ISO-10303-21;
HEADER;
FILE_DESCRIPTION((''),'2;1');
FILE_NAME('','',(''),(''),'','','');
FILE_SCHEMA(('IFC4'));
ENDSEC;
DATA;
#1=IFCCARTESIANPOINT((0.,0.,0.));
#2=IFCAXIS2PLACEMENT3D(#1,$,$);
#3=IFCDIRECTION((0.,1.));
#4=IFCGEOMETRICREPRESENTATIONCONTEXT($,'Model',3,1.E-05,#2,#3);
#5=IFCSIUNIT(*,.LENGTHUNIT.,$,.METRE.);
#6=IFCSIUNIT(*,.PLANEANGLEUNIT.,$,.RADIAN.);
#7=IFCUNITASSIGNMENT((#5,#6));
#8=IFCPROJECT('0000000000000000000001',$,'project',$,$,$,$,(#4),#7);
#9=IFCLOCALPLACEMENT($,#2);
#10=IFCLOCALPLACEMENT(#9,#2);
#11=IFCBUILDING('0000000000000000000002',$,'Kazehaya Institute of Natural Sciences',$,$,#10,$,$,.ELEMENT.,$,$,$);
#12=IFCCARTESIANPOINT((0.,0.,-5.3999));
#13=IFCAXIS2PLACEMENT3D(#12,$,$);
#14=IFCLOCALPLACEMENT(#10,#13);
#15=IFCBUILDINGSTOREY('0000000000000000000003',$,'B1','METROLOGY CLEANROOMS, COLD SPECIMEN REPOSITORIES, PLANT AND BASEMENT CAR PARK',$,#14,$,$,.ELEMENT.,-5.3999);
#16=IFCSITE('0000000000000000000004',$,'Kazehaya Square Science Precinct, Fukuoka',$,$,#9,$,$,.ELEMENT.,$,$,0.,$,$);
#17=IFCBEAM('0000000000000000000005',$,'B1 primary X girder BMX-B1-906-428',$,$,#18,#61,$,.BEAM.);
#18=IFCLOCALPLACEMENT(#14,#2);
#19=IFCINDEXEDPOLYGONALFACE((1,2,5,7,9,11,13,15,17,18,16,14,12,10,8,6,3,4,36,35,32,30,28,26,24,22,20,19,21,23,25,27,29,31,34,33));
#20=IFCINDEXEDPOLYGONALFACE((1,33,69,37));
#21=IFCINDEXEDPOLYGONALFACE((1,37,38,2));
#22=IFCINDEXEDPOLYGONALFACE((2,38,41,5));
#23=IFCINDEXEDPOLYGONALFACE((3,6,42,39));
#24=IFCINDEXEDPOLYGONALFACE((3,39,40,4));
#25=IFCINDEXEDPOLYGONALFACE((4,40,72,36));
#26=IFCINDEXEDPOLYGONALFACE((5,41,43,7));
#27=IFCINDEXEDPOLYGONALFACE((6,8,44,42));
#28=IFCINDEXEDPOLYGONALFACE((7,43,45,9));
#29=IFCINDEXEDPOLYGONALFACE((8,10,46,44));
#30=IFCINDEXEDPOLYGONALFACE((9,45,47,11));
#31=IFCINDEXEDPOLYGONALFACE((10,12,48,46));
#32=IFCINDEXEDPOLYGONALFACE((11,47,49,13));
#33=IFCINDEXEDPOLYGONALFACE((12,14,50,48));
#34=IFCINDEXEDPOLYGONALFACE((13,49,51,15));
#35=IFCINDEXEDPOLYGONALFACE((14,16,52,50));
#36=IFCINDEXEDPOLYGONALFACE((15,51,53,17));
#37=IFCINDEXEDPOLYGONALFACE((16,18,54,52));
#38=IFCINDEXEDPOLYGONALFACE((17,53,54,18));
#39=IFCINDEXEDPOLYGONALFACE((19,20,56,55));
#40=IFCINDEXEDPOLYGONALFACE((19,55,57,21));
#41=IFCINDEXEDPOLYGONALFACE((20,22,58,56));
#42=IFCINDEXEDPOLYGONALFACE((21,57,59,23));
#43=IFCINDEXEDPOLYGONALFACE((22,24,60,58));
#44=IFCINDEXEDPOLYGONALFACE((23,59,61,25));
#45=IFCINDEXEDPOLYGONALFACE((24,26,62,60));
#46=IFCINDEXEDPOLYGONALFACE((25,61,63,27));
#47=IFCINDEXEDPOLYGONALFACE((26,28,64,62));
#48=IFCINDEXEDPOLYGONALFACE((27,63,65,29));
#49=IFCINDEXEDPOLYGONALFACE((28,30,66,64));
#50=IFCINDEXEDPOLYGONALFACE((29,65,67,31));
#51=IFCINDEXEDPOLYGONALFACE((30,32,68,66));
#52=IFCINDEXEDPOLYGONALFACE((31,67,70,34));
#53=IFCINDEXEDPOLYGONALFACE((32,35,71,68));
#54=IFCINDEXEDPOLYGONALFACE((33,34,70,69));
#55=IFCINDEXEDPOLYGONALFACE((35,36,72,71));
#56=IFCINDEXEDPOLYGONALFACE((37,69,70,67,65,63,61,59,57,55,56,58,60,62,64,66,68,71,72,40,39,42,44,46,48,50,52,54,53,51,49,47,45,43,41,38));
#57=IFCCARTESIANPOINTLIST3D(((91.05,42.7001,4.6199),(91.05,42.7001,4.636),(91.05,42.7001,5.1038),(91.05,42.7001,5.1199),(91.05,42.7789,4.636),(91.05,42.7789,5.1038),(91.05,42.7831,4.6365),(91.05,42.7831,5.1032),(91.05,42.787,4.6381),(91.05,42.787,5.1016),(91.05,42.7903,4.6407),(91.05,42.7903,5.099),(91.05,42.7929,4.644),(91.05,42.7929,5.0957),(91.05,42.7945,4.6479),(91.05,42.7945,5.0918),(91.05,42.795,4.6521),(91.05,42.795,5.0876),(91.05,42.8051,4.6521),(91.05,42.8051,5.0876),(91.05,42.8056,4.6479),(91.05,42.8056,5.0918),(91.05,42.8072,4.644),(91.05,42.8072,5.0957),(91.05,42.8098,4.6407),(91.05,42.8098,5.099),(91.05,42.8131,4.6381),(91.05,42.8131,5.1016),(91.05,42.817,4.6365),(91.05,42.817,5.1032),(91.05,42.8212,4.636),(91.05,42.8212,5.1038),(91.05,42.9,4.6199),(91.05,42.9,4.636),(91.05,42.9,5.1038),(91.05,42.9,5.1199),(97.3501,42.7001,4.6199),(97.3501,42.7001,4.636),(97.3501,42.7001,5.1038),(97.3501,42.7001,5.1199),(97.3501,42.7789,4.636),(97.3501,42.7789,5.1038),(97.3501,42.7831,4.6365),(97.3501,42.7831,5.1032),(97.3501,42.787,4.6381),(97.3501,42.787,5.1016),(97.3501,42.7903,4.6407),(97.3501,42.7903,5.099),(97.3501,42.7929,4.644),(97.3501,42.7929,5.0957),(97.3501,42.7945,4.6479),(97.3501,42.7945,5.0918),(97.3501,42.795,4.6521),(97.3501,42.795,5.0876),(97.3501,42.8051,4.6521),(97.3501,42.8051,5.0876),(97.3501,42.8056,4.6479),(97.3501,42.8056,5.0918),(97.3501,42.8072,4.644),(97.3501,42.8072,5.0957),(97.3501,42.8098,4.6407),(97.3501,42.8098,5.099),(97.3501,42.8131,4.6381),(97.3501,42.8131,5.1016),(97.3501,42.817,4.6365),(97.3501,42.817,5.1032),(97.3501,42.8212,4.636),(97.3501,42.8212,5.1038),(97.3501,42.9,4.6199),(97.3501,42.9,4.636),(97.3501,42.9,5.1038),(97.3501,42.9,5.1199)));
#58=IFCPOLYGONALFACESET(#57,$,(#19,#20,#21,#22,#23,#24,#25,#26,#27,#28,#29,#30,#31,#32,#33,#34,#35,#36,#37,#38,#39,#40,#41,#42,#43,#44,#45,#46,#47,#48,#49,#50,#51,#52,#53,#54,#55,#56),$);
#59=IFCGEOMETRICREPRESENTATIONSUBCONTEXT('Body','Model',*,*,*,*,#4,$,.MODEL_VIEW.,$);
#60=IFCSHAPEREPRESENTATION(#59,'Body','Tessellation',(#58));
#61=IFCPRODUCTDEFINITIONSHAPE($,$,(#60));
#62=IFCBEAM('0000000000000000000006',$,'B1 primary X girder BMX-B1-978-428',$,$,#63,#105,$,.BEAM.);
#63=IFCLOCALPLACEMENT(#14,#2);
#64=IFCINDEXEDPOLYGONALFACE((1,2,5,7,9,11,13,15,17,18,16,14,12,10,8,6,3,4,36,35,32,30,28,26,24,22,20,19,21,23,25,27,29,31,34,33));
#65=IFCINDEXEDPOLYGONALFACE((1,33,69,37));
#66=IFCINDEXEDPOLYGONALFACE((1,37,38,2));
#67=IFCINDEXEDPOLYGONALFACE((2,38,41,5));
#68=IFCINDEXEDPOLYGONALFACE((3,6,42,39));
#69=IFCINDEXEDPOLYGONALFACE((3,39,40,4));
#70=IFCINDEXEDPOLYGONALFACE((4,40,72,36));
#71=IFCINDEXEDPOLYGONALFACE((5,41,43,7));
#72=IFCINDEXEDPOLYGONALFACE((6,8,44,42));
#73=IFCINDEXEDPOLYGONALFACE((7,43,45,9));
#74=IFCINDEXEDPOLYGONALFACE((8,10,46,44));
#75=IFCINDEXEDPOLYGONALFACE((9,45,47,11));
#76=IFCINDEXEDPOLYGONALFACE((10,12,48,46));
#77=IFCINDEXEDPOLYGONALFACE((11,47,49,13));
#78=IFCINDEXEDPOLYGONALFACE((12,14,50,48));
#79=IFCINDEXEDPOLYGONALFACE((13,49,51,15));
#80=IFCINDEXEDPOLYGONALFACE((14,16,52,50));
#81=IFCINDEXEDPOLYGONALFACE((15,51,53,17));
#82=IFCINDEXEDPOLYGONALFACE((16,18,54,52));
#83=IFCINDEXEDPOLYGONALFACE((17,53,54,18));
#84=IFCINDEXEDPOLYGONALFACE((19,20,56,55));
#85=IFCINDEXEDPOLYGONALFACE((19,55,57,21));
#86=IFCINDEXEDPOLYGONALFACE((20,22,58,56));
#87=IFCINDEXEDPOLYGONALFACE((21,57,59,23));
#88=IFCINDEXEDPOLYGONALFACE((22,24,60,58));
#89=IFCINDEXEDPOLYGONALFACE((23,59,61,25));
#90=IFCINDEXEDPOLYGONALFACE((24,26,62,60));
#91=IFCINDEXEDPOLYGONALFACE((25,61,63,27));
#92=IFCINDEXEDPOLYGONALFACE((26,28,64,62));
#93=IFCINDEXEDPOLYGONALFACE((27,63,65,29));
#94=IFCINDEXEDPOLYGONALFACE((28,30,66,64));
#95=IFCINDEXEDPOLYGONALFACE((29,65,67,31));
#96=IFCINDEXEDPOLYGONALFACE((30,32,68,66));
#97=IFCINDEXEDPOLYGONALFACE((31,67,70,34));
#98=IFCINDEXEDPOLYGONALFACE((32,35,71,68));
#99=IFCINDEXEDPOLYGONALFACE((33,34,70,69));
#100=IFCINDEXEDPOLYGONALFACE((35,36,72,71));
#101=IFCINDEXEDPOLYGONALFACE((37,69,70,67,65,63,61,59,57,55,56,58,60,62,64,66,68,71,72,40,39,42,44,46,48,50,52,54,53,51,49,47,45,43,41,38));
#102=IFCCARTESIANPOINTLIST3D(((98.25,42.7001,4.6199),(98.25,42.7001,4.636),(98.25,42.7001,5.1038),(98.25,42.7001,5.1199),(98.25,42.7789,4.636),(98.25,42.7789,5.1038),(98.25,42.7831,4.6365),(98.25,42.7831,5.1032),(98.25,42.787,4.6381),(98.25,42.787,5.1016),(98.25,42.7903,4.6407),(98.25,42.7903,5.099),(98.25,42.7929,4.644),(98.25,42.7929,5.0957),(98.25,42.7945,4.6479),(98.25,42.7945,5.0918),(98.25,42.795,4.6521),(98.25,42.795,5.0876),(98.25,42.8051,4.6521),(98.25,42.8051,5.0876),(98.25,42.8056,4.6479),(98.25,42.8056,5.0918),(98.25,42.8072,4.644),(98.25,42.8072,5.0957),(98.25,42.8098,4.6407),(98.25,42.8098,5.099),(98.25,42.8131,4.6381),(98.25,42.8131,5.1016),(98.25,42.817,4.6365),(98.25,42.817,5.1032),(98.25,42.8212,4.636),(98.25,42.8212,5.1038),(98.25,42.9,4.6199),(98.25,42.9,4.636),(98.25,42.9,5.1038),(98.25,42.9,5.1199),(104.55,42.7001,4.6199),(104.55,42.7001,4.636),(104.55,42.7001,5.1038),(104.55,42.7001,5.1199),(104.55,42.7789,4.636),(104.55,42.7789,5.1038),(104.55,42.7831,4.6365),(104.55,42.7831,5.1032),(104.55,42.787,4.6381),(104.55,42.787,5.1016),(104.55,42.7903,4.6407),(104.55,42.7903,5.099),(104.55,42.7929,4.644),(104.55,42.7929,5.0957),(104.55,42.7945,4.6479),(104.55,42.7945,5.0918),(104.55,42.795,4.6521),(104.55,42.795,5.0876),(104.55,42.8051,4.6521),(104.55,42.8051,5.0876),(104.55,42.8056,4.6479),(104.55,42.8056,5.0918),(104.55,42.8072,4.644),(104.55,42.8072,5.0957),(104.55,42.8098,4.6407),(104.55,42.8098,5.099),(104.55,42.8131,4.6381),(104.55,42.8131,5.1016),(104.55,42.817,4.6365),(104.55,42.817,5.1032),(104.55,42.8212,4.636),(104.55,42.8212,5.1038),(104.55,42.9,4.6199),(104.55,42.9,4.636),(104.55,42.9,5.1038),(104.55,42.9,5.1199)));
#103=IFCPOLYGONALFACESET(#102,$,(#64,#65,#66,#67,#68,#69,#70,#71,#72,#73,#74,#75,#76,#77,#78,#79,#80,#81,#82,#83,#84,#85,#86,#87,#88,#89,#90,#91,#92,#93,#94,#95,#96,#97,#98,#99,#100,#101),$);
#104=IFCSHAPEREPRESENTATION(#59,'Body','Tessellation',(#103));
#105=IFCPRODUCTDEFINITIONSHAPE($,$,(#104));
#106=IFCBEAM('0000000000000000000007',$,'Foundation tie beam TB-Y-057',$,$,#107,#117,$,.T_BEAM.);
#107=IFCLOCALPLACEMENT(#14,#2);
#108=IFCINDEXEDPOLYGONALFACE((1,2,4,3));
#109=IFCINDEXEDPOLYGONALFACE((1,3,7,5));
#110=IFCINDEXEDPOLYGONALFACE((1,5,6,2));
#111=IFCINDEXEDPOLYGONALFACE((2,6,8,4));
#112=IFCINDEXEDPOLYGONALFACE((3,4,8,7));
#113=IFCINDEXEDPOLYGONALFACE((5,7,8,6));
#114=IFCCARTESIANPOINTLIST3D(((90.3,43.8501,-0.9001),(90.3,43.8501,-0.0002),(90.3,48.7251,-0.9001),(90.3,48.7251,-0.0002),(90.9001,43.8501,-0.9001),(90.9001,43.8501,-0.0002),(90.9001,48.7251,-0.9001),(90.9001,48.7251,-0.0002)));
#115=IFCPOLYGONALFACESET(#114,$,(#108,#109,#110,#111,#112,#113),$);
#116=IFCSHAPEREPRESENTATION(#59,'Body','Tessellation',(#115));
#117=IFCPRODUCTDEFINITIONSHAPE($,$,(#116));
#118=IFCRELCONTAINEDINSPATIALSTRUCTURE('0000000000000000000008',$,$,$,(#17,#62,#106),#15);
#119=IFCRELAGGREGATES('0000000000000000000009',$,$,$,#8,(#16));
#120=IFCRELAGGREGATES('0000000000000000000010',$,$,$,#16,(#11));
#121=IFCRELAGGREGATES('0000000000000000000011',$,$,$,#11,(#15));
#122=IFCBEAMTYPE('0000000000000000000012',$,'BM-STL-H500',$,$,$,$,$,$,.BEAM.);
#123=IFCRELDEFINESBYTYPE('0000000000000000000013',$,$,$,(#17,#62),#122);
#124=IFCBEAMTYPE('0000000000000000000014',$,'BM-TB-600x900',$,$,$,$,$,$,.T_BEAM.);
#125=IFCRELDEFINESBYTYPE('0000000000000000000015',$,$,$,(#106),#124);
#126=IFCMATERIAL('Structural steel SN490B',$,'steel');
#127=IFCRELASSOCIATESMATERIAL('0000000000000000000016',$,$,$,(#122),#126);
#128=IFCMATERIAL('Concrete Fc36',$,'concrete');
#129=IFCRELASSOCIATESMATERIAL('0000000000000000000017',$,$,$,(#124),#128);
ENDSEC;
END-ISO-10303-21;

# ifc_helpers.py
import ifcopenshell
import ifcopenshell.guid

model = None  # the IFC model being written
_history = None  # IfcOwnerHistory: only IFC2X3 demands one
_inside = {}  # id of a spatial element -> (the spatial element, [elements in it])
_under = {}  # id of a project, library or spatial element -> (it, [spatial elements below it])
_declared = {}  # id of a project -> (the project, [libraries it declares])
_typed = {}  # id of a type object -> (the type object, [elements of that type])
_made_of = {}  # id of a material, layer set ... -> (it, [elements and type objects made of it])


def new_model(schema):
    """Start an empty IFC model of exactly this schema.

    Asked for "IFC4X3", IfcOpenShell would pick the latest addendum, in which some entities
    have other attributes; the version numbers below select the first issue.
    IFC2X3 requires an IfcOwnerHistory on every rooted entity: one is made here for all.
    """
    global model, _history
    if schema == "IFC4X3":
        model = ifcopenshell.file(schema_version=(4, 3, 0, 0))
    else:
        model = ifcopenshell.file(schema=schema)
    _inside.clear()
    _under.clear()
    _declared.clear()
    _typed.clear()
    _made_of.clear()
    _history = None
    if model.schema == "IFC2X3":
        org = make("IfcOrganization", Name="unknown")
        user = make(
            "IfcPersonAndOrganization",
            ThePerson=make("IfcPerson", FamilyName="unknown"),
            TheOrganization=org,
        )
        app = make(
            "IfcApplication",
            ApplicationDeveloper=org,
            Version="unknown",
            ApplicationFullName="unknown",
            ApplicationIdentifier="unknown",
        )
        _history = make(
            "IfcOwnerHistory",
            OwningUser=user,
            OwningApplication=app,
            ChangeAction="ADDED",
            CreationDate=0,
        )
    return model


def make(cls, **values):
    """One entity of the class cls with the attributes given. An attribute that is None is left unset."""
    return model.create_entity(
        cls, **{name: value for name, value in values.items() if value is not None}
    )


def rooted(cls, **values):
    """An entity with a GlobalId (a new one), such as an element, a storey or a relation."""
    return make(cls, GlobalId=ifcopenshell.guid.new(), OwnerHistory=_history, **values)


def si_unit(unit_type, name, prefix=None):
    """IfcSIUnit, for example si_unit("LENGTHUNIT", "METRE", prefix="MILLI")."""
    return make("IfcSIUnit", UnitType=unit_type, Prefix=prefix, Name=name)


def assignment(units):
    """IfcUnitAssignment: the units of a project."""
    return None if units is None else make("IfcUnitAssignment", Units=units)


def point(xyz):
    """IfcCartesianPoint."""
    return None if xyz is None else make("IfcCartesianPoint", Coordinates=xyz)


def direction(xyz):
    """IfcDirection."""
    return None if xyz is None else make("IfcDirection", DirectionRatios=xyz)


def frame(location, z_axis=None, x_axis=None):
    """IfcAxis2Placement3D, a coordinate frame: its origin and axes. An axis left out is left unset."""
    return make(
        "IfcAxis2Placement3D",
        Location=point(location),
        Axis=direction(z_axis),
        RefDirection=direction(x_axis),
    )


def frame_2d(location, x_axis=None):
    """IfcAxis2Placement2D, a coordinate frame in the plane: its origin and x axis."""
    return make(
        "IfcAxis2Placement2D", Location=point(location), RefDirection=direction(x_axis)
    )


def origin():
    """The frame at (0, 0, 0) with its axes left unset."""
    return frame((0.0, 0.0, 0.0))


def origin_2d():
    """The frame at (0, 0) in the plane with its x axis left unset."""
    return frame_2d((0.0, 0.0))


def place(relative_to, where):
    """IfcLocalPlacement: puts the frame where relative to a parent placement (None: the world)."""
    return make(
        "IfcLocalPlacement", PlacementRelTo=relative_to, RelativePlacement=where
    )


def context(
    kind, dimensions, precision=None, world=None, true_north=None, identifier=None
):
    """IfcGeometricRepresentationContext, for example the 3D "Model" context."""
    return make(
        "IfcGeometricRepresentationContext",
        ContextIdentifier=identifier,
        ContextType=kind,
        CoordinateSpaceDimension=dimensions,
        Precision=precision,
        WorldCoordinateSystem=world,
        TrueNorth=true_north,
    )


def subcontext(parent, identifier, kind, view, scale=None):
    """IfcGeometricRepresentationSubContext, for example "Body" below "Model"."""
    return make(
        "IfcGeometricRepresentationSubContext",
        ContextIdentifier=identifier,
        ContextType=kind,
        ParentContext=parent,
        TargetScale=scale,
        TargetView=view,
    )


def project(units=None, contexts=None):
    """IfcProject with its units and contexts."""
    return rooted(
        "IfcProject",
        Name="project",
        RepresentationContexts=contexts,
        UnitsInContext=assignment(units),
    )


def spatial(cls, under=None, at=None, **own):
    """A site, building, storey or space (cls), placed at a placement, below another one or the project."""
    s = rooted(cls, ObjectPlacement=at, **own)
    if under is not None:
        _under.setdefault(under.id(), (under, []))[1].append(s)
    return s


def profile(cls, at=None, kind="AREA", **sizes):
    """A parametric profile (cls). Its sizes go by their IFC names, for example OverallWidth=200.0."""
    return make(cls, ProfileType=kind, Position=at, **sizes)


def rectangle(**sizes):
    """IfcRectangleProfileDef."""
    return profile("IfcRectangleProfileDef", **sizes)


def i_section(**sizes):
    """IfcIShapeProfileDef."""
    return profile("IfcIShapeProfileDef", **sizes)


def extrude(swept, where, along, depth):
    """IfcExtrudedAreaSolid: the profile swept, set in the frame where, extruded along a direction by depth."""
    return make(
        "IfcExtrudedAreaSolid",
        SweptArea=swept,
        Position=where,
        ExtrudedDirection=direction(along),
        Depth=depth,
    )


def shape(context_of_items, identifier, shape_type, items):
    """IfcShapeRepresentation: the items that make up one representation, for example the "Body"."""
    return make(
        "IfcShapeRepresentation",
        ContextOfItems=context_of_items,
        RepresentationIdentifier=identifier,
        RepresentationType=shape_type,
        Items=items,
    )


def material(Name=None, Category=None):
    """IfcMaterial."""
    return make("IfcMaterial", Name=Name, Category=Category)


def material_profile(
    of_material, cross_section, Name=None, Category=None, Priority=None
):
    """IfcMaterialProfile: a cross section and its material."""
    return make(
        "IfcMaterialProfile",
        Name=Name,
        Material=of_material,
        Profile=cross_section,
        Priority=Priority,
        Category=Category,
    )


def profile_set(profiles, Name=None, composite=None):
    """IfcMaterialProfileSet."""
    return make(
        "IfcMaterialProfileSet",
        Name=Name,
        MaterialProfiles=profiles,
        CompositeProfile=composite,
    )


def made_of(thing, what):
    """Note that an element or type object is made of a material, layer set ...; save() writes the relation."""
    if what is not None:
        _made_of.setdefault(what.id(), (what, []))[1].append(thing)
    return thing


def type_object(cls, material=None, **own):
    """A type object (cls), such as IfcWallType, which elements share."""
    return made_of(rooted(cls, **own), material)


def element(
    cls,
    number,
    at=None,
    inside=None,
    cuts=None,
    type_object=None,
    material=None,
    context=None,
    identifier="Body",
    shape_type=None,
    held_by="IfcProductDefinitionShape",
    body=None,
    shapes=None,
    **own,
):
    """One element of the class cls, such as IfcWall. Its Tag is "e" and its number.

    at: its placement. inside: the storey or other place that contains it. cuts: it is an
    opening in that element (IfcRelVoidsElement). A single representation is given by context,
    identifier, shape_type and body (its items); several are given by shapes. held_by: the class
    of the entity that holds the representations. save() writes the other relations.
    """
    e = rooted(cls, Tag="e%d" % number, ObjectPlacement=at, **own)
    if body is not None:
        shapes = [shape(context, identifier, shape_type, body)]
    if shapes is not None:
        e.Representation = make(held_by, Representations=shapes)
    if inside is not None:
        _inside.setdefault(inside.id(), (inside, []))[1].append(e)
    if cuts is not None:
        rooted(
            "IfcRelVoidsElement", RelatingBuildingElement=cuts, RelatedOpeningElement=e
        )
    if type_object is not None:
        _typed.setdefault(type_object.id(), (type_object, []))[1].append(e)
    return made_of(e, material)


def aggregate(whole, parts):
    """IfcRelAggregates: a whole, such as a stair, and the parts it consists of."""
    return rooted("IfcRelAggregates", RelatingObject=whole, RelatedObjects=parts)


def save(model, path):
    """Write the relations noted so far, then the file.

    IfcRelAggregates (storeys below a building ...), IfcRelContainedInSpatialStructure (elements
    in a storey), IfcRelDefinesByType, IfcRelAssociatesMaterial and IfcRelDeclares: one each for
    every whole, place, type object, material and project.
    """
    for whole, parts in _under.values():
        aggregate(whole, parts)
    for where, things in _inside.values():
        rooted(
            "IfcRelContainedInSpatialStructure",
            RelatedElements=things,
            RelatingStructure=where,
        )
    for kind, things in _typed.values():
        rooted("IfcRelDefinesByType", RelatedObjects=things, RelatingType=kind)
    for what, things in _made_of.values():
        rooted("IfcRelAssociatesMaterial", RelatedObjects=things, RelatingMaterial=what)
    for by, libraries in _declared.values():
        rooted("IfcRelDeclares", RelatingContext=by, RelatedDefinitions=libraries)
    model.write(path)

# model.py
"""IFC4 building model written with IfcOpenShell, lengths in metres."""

from ifc_helpers import new_model, si_unit, direction, frame, origin, origin_2d, place, context, subcontext, project, spatial, rectangle, i_section, extrude, material, material_profile, profile_set, type_object, element, save


model = new_model("IFC4")

# Units and contexts
model_context = context("Model", 3, precision=1e-05, world=origin(), true_north=direction((0.0, 1.0)))
body_context = subcontext(model_context, "Body", "Model", "MODEL_VIEW")
ifc_project = project(units=[si_unit("LENGTHUNIT", "METRE"), si_unit("PLANEANGLEUNIT", "RADIAN")], contexts=[model_context])

# Site, building, storey
site_placement = place(None, origin())
site = spatial("IfcSite", under=ifc_project, at=site_placement, Name="Kazehaya Square Science Precinct, Fukuoka", CompositionType="ELEMENT", RefElevation=0.0)
building_placement = place(site_placement, origin())
building = spatial("IfcBuilding", under=site, at=building_placement, Name="Kazehaya Institute of Natural Sciences", CompositionType="ELEMENT")
storey_placement = place(building_placement, frame((0.0, 0.0, -5.3999)))
storey = spatial("IfcBuildingStorey", under=building, at=storey_placement, Name="B1", Description="METROLOGY CLEANROOMS, COLD SPECIMEN REPOSITORIES, PLANT AND BASEMENT CAR PARK", CompositionType="ELEMENT", Elevation=-5.3999)

# Shared definitions
ifc_material_1 = material(Name="Concrete Fc36", Category="concrete")

# Beams
ifc_material_2 = material(Name="Structural steel SN490B", Category="steel")
ifc_material_profile_1 = material_profile(ifc_material_2, i_section(OverallWidth=0.2, OverallDepth=0.5, WebThickness=0.01, FlangeThickness=0.0161, FilletRadius=0.0161, at=origin_2d()), Name="H-500x200x10x16")
ifc_profile_set_1 = profile_set([ifc_material_profile_1], Name="Structural steel SN490B")
beam_type_1 = type_object("IfcBeamType", Name="BM-STL-H500", PredefinedType="BEAM", material=ifc_profile_set_1)
for number, where, z_axis, x_axis, name in (
    (1, (91.05, 42.8, 4.8699), (1.0, 0.0, 0.0), (0.0, 1.0, 0.0), "B1 primary X girder BMX-B1-906-428"),
    (2, (98.25, 42.8, 4.8699), (1.0, 0.0, 0.0), (0.0, 1.0, 0.0), "B1 primary X girder BMX-B1-978-428"),
):
    element("IfcBeam", number, at=place(storey_placement, frame(where, z_axis=z_axis, x_axis=x_axis)), inside=storey, type_object=beam_type_1, Name=name, PredefinedType="BEAM", context=body_context, shape_type="SweptSolid", body=[
        extrude(i_section(OverallWidth=0.2, OverallDepth=0.5, WebThickness=0.01, FlangeThickness=0.0161, FilletRadius=0.0161, at=origin_2d()), origin(), (0.0, 0.0, 1.0), 6.3),
    ])
ifc_material_profile_2 = material_profile(ifc_material_1, rectangle(XDim=0.6001, YDim=0.8999, at=origin_2d()), Name="RC-600x900")
ifc_profile_set_2 = profile_set([ifc_material_profile_2], Name="Concrete Fc36")
beam_type_2 = type_object("IfcBeamType", Name="BM-TB-600x900", PredefinedType="T_BEAM", material=ifc_profile_set_2)
beam_1_placement = place(storey_placement, frame((90.6001, 43.8501, -0.4502), z_axis=(0.0, 1.0, 0.0), x_axis=(-1.0, 0.0, 0.0)))
element("IfcBeam", 3, at=beam_1_placement, inside=storey, type_object=beam_type_2, Name="Foundation tie beam TB-Y-057", PredefinedType="T_BEAM", context=body_context, shape_type="SweptSolid", body=[
    extrude(rectangle(XDim=0.6001, YDim=0.8999, at=origin_2d()), origin(), (0.0, 0.0, 1.0), 4.875),
])

save(model, "model.ifc")
